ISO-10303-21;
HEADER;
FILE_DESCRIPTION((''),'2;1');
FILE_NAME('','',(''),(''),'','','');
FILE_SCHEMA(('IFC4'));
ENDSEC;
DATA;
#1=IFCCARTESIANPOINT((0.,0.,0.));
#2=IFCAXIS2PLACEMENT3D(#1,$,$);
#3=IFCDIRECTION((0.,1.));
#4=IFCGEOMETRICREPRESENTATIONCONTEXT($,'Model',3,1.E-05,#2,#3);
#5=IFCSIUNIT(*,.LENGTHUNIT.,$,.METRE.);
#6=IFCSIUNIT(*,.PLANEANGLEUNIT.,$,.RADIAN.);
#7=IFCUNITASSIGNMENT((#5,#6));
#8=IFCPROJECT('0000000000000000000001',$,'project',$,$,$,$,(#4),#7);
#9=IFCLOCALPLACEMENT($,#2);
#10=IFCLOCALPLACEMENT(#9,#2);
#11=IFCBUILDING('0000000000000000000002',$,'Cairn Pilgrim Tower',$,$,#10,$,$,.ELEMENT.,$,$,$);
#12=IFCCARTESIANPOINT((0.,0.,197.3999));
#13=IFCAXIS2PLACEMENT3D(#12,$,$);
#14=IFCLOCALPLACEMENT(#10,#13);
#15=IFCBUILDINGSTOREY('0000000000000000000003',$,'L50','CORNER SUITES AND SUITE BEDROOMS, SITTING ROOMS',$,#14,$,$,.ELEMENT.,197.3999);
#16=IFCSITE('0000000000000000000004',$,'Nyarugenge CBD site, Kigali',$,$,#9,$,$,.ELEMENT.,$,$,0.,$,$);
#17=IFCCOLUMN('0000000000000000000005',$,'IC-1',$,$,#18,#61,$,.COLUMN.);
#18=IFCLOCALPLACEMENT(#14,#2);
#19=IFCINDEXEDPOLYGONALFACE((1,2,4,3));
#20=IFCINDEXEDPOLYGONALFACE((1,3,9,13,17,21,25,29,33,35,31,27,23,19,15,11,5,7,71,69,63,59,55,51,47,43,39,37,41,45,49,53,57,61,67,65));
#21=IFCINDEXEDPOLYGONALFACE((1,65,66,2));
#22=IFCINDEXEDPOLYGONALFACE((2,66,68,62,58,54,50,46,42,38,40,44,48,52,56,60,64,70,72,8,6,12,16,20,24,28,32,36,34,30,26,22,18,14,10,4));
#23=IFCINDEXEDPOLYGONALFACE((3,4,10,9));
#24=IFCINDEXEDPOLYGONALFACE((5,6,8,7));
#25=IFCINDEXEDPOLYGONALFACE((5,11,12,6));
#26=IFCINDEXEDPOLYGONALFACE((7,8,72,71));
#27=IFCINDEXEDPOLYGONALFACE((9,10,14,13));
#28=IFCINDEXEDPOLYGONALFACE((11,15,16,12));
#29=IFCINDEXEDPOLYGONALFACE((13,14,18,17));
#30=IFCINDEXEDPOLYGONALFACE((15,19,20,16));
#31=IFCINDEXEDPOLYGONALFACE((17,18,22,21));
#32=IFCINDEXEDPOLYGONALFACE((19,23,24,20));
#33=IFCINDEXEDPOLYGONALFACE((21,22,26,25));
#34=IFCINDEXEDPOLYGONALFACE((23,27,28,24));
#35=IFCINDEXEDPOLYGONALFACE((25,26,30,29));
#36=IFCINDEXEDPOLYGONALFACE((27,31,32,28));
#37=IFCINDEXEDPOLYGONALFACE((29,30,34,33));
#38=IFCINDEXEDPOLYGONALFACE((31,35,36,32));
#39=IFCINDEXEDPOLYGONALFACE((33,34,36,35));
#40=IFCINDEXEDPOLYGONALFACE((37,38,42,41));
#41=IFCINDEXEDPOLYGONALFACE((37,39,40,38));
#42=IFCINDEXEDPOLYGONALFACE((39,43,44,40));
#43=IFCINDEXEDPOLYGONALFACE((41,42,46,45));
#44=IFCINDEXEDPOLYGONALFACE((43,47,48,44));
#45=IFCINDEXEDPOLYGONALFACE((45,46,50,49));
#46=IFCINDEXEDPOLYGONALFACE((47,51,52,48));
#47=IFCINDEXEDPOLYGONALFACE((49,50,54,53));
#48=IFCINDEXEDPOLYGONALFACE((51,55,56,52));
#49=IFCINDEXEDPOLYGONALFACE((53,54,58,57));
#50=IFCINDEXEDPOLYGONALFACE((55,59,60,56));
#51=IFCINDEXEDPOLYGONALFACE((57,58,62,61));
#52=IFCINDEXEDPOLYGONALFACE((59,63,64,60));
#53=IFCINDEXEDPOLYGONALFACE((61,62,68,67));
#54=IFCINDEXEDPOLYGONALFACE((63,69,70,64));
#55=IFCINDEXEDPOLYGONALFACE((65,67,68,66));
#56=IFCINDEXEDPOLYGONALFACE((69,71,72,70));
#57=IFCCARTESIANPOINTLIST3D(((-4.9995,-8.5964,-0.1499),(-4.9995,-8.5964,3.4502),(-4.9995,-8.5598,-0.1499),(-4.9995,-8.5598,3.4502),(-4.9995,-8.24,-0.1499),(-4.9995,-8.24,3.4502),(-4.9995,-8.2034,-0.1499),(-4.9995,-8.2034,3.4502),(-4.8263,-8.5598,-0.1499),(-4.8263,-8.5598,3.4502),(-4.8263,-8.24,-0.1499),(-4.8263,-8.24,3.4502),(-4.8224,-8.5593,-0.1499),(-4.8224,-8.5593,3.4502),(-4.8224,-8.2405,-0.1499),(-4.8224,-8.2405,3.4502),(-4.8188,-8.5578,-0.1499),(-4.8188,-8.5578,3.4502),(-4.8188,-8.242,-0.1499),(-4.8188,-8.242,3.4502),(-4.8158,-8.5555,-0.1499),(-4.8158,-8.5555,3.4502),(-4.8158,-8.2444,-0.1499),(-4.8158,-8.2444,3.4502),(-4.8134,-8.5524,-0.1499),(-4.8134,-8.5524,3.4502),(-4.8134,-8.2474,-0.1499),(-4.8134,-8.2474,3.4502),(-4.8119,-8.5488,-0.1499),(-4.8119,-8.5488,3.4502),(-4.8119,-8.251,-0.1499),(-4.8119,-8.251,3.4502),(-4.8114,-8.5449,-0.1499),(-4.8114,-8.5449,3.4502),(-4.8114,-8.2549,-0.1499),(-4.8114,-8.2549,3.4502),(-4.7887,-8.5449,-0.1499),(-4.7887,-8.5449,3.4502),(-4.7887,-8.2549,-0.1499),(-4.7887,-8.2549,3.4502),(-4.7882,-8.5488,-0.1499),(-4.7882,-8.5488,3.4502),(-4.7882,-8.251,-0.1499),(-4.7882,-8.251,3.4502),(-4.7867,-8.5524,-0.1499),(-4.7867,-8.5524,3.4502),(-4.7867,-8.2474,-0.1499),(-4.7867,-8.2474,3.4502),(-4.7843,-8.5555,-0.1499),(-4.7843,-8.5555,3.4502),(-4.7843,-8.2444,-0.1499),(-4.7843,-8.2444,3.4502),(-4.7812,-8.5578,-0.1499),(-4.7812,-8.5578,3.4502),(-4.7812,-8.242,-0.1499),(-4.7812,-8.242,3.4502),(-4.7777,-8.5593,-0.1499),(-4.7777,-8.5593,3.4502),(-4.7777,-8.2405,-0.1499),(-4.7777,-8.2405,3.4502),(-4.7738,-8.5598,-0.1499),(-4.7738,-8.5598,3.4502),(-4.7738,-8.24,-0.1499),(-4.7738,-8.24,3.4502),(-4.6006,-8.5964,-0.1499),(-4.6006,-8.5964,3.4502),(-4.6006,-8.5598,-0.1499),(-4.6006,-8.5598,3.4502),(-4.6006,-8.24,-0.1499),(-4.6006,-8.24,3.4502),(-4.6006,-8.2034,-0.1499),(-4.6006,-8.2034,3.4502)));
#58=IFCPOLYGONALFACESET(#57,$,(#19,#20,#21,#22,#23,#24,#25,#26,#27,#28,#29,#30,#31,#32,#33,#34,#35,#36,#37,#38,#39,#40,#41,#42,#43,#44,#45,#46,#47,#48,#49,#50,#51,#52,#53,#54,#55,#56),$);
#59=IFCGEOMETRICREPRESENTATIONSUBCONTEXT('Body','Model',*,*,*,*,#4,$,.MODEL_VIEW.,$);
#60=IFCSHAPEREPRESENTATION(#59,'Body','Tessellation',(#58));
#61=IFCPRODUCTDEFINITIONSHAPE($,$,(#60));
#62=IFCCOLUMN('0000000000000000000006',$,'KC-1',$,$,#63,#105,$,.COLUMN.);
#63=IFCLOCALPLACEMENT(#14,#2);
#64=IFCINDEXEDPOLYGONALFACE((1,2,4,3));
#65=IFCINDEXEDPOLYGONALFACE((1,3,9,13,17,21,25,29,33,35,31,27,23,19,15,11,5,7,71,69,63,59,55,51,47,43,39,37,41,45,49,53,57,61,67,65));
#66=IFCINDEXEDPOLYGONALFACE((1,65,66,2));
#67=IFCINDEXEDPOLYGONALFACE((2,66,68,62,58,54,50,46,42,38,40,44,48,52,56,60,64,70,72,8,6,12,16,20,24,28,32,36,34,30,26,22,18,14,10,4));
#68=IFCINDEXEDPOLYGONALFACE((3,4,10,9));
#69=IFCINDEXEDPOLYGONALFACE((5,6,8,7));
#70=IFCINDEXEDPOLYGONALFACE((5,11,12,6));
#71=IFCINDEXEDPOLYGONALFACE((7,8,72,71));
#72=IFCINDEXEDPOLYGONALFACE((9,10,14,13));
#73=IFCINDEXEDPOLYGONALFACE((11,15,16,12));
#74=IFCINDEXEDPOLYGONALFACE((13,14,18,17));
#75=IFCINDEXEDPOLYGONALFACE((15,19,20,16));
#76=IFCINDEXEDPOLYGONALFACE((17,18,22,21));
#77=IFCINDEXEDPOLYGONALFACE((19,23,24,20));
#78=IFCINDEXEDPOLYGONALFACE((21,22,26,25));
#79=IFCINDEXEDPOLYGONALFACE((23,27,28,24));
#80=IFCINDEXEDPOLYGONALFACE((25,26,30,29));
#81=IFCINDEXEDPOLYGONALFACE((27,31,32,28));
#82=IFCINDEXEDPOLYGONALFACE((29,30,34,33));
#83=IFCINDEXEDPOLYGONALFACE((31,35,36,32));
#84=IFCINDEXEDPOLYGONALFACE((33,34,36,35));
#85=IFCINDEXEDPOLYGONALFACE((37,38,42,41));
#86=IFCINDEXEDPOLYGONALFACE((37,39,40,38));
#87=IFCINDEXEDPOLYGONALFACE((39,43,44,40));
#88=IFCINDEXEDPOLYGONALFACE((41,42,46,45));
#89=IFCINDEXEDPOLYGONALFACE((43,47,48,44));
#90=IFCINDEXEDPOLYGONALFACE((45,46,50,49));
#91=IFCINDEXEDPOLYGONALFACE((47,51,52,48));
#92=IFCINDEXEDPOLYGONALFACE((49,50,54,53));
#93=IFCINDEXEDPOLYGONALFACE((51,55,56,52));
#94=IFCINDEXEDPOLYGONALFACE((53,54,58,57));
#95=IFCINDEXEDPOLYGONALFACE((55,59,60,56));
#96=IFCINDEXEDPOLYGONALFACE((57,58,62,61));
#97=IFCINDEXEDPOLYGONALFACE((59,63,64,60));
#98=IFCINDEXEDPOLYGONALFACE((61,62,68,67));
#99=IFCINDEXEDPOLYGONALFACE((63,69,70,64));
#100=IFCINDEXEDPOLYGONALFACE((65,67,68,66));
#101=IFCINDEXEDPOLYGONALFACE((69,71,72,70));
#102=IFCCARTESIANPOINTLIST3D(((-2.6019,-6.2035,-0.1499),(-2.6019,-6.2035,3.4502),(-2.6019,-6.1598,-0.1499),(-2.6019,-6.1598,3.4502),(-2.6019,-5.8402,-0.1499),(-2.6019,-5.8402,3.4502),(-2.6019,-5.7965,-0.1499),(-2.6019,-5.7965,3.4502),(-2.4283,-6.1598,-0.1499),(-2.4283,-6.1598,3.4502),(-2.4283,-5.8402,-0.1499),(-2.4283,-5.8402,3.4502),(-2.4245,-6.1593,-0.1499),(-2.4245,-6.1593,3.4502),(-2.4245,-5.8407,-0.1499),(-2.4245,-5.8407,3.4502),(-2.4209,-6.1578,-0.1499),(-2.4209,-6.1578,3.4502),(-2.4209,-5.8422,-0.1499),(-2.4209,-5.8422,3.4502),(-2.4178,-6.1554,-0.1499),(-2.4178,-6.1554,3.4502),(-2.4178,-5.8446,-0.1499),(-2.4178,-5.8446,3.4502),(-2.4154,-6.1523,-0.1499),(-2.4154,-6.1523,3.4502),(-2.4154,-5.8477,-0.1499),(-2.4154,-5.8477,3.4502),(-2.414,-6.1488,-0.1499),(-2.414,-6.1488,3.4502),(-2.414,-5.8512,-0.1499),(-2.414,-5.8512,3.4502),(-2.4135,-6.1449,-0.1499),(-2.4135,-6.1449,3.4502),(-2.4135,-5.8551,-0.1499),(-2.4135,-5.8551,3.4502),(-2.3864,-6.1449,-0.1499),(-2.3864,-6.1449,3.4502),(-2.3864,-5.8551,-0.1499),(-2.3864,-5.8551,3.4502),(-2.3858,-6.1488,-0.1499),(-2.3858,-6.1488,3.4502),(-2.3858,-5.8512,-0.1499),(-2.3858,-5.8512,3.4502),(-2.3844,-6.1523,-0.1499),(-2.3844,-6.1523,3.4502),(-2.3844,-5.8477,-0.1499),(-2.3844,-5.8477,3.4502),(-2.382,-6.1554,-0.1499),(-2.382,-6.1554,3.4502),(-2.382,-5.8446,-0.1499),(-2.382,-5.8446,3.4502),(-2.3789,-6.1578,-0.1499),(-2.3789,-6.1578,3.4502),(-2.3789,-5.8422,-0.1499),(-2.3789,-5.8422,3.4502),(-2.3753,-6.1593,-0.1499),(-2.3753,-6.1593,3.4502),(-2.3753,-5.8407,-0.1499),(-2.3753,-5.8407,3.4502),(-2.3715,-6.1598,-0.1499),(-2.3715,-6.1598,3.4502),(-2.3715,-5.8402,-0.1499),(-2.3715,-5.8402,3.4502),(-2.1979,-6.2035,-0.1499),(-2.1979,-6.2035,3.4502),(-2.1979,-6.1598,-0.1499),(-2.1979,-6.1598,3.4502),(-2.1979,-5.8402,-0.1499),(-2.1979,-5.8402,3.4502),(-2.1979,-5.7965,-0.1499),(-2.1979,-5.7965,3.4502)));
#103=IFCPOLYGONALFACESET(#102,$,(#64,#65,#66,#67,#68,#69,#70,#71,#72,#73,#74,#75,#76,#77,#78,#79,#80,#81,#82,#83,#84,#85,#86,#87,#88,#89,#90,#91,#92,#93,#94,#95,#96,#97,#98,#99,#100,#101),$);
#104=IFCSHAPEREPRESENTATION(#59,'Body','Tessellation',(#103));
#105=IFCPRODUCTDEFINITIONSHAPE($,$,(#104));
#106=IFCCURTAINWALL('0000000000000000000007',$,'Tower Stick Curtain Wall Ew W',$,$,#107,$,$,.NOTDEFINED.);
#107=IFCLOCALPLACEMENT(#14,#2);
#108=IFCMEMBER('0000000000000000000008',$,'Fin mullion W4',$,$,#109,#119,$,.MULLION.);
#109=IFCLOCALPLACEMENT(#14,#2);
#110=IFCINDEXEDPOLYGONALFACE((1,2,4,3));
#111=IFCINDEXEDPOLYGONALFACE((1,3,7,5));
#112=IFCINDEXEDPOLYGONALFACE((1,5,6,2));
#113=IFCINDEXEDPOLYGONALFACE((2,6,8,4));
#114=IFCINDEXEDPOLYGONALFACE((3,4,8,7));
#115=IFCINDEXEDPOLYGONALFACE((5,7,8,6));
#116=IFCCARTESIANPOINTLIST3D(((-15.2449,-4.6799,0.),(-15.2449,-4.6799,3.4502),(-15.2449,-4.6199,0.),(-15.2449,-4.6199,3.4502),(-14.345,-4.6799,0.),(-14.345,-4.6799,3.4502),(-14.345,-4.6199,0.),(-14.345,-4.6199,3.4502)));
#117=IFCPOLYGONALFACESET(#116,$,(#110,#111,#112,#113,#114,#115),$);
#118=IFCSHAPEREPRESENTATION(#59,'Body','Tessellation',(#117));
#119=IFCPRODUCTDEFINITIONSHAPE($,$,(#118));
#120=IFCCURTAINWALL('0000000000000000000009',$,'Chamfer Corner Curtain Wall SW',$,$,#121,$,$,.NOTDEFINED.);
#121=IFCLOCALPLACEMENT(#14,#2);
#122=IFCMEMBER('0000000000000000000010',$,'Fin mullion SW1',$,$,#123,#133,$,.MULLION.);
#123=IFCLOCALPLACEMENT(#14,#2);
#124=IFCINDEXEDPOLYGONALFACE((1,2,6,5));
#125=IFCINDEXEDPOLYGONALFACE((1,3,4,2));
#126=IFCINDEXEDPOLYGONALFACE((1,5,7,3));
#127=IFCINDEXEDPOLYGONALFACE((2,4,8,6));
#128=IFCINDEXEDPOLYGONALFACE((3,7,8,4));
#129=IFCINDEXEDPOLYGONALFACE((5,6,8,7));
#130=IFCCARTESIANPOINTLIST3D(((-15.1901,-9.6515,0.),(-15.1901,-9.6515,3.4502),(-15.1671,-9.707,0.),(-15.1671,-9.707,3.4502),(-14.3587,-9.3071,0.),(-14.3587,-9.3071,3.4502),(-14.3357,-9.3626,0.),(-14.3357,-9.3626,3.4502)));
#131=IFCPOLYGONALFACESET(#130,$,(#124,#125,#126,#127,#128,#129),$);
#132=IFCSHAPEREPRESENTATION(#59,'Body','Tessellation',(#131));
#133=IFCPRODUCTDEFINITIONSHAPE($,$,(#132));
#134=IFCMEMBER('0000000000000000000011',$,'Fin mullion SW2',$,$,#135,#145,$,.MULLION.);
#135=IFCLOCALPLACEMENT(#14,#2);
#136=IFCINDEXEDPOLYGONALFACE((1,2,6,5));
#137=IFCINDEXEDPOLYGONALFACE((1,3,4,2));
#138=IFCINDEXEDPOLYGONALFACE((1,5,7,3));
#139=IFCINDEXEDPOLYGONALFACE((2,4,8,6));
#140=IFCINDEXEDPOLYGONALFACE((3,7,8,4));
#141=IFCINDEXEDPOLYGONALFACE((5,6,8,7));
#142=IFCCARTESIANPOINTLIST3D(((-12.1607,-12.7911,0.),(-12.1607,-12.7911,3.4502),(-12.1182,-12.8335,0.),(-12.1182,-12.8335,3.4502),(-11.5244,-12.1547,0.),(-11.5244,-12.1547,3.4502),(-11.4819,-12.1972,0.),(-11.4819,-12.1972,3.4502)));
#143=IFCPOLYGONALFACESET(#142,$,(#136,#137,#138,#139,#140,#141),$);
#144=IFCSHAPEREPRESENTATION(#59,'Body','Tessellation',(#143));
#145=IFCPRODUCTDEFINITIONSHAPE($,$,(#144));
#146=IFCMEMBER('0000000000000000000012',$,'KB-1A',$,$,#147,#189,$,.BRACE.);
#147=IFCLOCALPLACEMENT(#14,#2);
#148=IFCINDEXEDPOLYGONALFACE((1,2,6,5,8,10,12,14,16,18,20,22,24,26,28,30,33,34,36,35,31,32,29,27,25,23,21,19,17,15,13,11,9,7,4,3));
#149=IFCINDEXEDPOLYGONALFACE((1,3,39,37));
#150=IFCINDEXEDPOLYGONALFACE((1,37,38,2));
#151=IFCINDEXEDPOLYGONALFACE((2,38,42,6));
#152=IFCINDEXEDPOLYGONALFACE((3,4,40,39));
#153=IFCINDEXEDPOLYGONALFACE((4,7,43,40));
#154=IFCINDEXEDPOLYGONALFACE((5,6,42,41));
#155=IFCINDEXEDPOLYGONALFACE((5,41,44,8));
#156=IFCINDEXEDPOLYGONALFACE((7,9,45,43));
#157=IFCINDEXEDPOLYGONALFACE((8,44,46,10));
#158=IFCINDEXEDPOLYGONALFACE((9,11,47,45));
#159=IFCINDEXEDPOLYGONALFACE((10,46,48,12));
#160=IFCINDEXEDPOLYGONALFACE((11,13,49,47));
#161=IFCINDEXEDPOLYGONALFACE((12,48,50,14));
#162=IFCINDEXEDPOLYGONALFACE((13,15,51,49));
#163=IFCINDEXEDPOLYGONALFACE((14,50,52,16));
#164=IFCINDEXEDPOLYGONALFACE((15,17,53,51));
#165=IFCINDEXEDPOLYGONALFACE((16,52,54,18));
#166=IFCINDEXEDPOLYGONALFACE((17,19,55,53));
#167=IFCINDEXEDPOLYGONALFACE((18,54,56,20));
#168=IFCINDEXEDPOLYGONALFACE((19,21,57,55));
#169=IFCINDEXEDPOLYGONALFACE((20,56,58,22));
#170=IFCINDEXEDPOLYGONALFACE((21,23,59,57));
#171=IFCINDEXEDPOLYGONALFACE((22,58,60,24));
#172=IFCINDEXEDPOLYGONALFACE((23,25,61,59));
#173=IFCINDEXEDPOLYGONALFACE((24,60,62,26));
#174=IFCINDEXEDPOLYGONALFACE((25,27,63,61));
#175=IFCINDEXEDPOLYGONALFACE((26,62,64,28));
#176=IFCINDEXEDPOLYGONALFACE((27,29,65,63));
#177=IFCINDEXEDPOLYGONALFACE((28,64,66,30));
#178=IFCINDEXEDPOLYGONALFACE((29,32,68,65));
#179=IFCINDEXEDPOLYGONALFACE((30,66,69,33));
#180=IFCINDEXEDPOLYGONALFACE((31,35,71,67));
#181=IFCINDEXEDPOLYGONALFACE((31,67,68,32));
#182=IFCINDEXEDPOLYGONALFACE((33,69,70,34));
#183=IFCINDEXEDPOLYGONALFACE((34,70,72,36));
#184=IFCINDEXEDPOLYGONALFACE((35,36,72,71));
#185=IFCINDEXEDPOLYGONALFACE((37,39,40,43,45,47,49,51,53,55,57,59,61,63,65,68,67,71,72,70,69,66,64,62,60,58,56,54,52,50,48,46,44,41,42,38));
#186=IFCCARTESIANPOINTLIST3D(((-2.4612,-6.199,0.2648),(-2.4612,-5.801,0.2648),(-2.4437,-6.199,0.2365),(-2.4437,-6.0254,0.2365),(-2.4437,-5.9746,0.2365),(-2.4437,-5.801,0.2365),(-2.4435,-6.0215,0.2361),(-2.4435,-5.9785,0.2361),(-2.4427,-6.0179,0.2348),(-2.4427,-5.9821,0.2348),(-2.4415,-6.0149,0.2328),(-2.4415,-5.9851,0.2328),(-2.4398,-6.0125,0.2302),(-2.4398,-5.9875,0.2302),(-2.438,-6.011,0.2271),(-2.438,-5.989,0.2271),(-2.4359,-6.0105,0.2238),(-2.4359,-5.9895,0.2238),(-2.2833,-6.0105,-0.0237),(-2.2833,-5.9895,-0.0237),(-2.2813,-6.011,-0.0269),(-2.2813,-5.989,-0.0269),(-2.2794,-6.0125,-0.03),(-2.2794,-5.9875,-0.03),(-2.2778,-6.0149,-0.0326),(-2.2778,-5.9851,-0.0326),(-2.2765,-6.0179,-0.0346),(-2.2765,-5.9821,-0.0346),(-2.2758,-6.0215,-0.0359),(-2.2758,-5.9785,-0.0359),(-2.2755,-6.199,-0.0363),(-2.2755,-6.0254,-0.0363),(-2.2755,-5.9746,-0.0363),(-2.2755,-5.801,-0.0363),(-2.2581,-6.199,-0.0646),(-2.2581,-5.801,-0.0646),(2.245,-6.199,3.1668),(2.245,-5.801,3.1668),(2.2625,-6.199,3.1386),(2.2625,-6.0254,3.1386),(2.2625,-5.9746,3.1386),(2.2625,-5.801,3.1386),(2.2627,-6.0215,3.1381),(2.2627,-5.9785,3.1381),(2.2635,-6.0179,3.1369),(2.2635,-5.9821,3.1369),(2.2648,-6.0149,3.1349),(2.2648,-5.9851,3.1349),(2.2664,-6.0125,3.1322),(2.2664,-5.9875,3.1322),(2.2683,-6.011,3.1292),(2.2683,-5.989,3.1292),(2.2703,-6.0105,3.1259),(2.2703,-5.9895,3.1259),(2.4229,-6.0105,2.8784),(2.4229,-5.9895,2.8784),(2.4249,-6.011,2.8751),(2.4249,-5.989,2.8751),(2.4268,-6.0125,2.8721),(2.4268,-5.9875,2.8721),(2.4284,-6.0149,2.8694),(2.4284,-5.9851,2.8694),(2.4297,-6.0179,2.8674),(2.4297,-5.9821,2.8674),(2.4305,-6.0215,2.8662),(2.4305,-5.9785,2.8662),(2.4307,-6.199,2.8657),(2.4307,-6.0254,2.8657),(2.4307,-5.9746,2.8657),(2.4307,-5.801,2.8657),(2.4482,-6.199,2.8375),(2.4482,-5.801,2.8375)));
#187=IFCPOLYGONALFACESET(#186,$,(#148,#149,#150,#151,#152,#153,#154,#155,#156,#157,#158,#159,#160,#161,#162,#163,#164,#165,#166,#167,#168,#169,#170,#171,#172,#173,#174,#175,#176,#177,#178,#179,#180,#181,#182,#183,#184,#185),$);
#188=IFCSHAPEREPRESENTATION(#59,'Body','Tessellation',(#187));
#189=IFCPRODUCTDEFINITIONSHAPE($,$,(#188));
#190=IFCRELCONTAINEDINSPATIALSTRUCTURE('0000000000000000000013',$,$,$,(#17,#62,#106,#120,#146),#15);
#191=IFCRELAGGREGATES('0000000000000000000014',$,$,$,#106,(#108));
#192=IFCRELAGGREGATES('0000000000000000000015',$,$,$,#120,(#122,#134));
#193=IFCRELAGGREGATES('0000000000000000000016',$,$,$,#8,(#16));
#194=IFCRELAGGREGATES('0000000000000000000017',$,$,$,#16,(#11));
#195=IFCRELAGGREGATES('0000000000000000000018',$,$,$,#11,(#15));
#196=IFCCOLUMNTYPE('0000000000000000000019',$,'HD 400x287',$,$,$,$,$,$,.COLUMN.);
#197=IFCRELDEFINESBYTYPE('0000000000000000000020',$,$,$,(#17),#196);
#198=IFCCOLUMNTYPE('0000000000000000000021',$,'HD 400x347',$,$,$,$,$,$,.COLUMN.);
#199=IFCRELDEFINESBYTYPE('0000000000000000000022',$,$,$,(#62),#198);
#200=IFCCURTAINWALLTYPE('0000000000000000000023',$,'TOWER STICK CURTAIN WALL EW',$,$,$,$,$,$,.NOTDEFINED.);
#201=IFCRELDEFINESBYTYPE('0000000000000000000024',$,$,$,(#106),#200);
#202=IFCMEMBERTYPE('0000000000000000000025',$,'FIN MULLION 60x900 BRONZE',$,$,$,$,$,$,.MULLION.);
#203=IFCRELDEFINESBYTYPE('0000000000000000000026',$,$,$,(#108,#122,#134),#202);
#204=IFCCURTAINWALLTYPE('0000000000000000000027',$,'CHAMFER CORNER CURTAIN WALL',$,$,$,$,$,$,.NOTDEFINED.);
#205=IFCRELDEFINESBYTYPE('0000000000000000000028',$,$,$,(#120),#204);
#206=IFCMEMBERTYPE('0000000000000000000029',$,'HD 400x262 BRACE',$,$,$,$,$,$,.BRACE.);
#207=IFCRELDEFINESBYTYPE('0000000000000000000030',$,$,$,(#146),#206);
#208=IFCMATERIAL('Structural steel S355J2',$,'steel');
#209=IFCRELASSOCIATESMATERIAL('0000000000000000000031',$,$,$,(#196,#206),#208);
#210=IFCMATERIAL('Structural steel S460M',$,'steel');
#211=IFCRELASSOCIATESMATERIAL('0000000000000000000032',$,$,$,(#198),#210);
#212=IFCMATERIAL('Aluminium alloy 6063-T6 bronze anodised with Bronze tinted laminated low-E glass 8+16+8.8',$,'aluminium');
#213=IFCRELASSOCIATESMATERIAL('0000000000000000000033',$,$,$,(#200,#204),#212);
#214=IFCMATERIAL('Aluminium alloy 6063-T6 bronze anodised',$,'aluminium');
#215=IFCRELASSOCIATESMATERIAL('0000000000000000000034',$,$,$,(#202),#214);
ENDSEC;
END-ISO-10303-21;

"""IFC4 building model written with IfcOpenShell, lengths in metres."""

from ifc_helpers import new_model, si_unit, direction, frame, origin, origin_2d, place, context, subcontext, project, spatial, rectangle, i_section, extrude, material, material_profile, profile_set, type_object, element, aggregate, save


model = new_model("IFC4")

# Units and contexts
model_context = context("Model", 3, precision=1e-05, world=origin(), true_north=direction((0.0, 1.0)))
body_context = subcontext(model_context, "Body", "Model", "MODEL_VIEW")
ifc_project = project(units=[si_unit("LENGTHUNIT", "METRE"), si_unit("PLANEANGLEUNIT", "RADIAN")], contexts=[model_context])

# Site, building, storey
site_placement = place(None, origin())
site = spatial("IfcSite", under=ifc_project, at=site_placement, Name="Nyarugenge CBD site, Kigali", CompositionType="ELEMENT", RefElevation=0.0)
building_placement = place(site_placement, origin())
building = spatial("IfcBuilding", under=site, at=building_placement, Name="Cairn Pilgrim Tower", CompositionType="ELEMENT")
storey_placement = place(building_placement, frame((0.0, 0.0, 197.3999)))
storey = spatial("IfcBuildingStorey", under=building, at=storey_placement, Name="L50", Description="CORNER SUITES AND SUITE BEDROOMS, SITTING ROOMS", CompositionType="ELEMENT", Elevation=197.3999)

# Columns
ifc_material_1 = material(Name="Structural steel S460M", Category="steel")
ifc_material_2 = material(Name="Structural steel S355J2", Category="steel")
ifc_material_profile_1 = material_profile(ifc_material_2, i_section(OverallWidth=0.3989, OverallDepth=0.3931, WebThickness=0.0227, FlangeThickness=0.0366, FilletRadius=0.0149, at=origin_2d()), Name="HD 400x287")
ifc_profile_set_1 = profile_set([ifc_material_profile_1], Name="Structural steel S355J2")
column_type_1 = type_object("IfcColumnType", Name="HD 400x287", PredefinedType="COLUMN", material=ifc_profile_set_1)
column_1_placement = place(storey_placement, frame((-4.8, -8.3999, -0.1499), z_axis=(0.0, 0.0, 1.0), x_axis=(1.0, 0.0, 0.0)))
element("IfcColumn", 1, at=column_1_placement, inside=storey, type_object=column_type_1, Name="IC-1", PredefinedType="COLUMN", context=body_context, shape_type="SweptSolid", body=[
    extrude(i_section(OverallWidth=0.3989, OverallDepth=0.3931, WebThickness=0.0227, FlangeThickness=0.0366, FilletRadius=0.0149, at=origin_2d()), origin(), (0.0, 0.0, 1.0), 3.6001),
])
ifc_material_profile_2 = material_profile(ifc_material_1, i_section(OverallWidth=0.4041, OverallDepth=0.407, WebThickness=0.0271, FlangeThickness=0.0437, FilletRadius=0.0149, at=origin_2d()), Name="HD 400x347")
ifc_profile_set_2 = profile_set([ifc_material_profile_2], Name="Structural steel S460M")
column_type_2 = type_object("IfcColumnType", Name="HD 400x347", PredefinedType="COLUMN", material=ifc_profile_set_2)
column_2_placement = place(storey_placement, frame((-2.3999, -6.0, -0.1499), z_axis=(0.0, 0.0, 1.0), x_axis=(1.0, 0.0, 0.0)))
element("IfcColumn", 2, at=column_2_placement, inside=storey, type_object=column_type_2, Name="KC-1", PredefinedType="COLUMN", context=body_context, shape_type="SweptSolid", body=[
    extrude(i_section(OverallWidth=0.4041, OverallDepth=0.407, WebThickness=0.0271, FlangeThickness=0.0437, FilletRadius=0.0149, at=origin_2d()), origin(), (0.0, 0.0, 1.0), 3.6001),
])

# Curtain wall, member
ifc_material_3 = material(Name="Aluminium alloy 6063-T6 bronze anodised with Bronze tinted laminated low-E glass 8+16+8.8", Category="aluminium")
curtain_wall_type_1 = type_object("IfcCurtainWallType", Name="TOWER STICK CURTAIN WALL EW", PredefinedType="NOTDEFINED", material=ifc_material_3)
curtain_wall_1_placement = place(storey_placement, origin())
curtain_wall_1 = element("IfcCurtainWall", 3, at=curtain_wall_1_placement, inside=storey, type_object=curtain_wall_type_1, Name="Tower Stick Curtain Wall Ew W", PredefinedType="NOTDEFINED")
ifc_material_4 = material(Name="Aluminium alloy 6063-T6 bronze anodised", Category="aluminium")
ifc_material_profile_3 = material_profile(ifc_material_4, rectangle(XDim=0.8999, YDim=0.0601, at=origin_2d()), Name="FIN MULLION 60x900 BRONZE")
ifc_profile_set_3 = profile_set([ifc_material_profile_3], Name="Aluminium alloy 6063-T6 bronze anodised")
member_type_1 = type_object("IfcMemberType", Name="FIN MULLION 60x900 BRONZE", PredefinedType="MULLION", material=ifc_profile_set_3)
member_1_placement = place(storey_placement, frame((-14.7949, -4.6499, 0.0), z_axis=(0.0, 0.0, 1.0), x_axis=(-1.0, 0.0, 0.0)))
member_1 = element("IfcMember", 4, at=member_1_placement, type_object=member_type_1, Name="Fin mullion W4", PredefinedType="MULLION", context=body_context, shape_type="SweptSolid", body=[
    extrude(rectangle(XDim=0.8999, YDim=0.0601, at=origin_2d()), origin(), (0.0, 0.0, 1.0), 3.4502),
])
aggregate(curtain_wall_1, [member_1])

# Curtain wall, members
curtain_wall_type_2 = type_object("IfcCurtainWallType", Name="CHAMFER CORNER CURTAIN WALL", PredefinedType="NOTDEFINED", material=ifc_material_3)
curtain_wall_2_placement = place(storey_placement, origin())
curtain_wall_2 = element("IfcCurtainWall", 5, at=curtain_wall_2_placement, inside=storey, type_object=curtain_wall_type_2, Name="Chamfer Corner Curtain Wall SW", PredefinedType="NOTDEFINED")
member_2_placement = place(storey_placement, frame((-14.7629, -9.5071, 0.0), z_axis=(0.0, 0.0, 1.0), x_axis=(-0.92388, -0.382683, 0.0)))
member_2 = element("IfcMember", 6, at=member_2_placement, type_object=member_type_1, Name="Fin mullion SW1", PredefinedType="MULLION", context=body_context, shape_type="SweptSolid", body=[
    extrude(rectangle(XDim=0.8999, YDim=0.0601, at=origin_2d()), origin(), (0.0, 0.0, 1.0), 3.4502),
])
member_3_placement = place(storey_placement, frame((-11.8213, -12.4941, 0.0), z_axis=(0.0, 0.0, 1.0), x_axis=(-0.707107, -0.707107, 0.0)))
member_3 = element("IfcMember", 7, at=member_3_placement, type_object=member_type_1, Name="Fin mullion SW2", PredefinedType="MULLION", context=body_context, shape_type="SweptSolid", body=[
    extrude(rectangle(XDim=0.8999, YDim=0.0601, at=origin_2d()), origin(), (0.0, 0.0, 1.0), 3.4502),
])

# Member
ifc_material_profile_4 = material_profile(ifc_material_2, i_section(OverallWidth=0.3979, OverallDepth=0.387, WebThickness=0.021, FlangeThickness=0.0332, FilletRadius=0.0149, at=origin_2d()), Name="HD 400x262")
ifc_profile_set_4 = profile_set([ifc_material_profile_4], Name="Structural steel S355J2")
member_type_2 = type_object("IfcMemberType", Name="HD 400x262 BRACE", PredefinedType="BRACE", material=ifc_profile_set_4)
member_4_placement = place(storey_placement, frame((-2.3596, -6.0, 0.1001), z_axis=(0.85118, 0.0, 0.524873), x_axis=(0.0, 1.0, 0.0)))
element("IfcMember", 8, at=member_4_placement, inside=storey, type_object=member_type_2, Name="KB-1A", PredefinedType="BRACE", context=body_context, shape_type="SweptSolid", body=[
    extrude(i_section(OverallWidth=0.3979, OverallDepth=0.387, WebThickness=0.021, FlangeThickness=0.0332, FilletRadius=0.0149, at=origin_2d()), origin(), (0.0, 0.0, 1.0), 5.5291),
])

aggregate(curtain_wall_2, [member_2, member_3])

save(model, "model.ifc")
